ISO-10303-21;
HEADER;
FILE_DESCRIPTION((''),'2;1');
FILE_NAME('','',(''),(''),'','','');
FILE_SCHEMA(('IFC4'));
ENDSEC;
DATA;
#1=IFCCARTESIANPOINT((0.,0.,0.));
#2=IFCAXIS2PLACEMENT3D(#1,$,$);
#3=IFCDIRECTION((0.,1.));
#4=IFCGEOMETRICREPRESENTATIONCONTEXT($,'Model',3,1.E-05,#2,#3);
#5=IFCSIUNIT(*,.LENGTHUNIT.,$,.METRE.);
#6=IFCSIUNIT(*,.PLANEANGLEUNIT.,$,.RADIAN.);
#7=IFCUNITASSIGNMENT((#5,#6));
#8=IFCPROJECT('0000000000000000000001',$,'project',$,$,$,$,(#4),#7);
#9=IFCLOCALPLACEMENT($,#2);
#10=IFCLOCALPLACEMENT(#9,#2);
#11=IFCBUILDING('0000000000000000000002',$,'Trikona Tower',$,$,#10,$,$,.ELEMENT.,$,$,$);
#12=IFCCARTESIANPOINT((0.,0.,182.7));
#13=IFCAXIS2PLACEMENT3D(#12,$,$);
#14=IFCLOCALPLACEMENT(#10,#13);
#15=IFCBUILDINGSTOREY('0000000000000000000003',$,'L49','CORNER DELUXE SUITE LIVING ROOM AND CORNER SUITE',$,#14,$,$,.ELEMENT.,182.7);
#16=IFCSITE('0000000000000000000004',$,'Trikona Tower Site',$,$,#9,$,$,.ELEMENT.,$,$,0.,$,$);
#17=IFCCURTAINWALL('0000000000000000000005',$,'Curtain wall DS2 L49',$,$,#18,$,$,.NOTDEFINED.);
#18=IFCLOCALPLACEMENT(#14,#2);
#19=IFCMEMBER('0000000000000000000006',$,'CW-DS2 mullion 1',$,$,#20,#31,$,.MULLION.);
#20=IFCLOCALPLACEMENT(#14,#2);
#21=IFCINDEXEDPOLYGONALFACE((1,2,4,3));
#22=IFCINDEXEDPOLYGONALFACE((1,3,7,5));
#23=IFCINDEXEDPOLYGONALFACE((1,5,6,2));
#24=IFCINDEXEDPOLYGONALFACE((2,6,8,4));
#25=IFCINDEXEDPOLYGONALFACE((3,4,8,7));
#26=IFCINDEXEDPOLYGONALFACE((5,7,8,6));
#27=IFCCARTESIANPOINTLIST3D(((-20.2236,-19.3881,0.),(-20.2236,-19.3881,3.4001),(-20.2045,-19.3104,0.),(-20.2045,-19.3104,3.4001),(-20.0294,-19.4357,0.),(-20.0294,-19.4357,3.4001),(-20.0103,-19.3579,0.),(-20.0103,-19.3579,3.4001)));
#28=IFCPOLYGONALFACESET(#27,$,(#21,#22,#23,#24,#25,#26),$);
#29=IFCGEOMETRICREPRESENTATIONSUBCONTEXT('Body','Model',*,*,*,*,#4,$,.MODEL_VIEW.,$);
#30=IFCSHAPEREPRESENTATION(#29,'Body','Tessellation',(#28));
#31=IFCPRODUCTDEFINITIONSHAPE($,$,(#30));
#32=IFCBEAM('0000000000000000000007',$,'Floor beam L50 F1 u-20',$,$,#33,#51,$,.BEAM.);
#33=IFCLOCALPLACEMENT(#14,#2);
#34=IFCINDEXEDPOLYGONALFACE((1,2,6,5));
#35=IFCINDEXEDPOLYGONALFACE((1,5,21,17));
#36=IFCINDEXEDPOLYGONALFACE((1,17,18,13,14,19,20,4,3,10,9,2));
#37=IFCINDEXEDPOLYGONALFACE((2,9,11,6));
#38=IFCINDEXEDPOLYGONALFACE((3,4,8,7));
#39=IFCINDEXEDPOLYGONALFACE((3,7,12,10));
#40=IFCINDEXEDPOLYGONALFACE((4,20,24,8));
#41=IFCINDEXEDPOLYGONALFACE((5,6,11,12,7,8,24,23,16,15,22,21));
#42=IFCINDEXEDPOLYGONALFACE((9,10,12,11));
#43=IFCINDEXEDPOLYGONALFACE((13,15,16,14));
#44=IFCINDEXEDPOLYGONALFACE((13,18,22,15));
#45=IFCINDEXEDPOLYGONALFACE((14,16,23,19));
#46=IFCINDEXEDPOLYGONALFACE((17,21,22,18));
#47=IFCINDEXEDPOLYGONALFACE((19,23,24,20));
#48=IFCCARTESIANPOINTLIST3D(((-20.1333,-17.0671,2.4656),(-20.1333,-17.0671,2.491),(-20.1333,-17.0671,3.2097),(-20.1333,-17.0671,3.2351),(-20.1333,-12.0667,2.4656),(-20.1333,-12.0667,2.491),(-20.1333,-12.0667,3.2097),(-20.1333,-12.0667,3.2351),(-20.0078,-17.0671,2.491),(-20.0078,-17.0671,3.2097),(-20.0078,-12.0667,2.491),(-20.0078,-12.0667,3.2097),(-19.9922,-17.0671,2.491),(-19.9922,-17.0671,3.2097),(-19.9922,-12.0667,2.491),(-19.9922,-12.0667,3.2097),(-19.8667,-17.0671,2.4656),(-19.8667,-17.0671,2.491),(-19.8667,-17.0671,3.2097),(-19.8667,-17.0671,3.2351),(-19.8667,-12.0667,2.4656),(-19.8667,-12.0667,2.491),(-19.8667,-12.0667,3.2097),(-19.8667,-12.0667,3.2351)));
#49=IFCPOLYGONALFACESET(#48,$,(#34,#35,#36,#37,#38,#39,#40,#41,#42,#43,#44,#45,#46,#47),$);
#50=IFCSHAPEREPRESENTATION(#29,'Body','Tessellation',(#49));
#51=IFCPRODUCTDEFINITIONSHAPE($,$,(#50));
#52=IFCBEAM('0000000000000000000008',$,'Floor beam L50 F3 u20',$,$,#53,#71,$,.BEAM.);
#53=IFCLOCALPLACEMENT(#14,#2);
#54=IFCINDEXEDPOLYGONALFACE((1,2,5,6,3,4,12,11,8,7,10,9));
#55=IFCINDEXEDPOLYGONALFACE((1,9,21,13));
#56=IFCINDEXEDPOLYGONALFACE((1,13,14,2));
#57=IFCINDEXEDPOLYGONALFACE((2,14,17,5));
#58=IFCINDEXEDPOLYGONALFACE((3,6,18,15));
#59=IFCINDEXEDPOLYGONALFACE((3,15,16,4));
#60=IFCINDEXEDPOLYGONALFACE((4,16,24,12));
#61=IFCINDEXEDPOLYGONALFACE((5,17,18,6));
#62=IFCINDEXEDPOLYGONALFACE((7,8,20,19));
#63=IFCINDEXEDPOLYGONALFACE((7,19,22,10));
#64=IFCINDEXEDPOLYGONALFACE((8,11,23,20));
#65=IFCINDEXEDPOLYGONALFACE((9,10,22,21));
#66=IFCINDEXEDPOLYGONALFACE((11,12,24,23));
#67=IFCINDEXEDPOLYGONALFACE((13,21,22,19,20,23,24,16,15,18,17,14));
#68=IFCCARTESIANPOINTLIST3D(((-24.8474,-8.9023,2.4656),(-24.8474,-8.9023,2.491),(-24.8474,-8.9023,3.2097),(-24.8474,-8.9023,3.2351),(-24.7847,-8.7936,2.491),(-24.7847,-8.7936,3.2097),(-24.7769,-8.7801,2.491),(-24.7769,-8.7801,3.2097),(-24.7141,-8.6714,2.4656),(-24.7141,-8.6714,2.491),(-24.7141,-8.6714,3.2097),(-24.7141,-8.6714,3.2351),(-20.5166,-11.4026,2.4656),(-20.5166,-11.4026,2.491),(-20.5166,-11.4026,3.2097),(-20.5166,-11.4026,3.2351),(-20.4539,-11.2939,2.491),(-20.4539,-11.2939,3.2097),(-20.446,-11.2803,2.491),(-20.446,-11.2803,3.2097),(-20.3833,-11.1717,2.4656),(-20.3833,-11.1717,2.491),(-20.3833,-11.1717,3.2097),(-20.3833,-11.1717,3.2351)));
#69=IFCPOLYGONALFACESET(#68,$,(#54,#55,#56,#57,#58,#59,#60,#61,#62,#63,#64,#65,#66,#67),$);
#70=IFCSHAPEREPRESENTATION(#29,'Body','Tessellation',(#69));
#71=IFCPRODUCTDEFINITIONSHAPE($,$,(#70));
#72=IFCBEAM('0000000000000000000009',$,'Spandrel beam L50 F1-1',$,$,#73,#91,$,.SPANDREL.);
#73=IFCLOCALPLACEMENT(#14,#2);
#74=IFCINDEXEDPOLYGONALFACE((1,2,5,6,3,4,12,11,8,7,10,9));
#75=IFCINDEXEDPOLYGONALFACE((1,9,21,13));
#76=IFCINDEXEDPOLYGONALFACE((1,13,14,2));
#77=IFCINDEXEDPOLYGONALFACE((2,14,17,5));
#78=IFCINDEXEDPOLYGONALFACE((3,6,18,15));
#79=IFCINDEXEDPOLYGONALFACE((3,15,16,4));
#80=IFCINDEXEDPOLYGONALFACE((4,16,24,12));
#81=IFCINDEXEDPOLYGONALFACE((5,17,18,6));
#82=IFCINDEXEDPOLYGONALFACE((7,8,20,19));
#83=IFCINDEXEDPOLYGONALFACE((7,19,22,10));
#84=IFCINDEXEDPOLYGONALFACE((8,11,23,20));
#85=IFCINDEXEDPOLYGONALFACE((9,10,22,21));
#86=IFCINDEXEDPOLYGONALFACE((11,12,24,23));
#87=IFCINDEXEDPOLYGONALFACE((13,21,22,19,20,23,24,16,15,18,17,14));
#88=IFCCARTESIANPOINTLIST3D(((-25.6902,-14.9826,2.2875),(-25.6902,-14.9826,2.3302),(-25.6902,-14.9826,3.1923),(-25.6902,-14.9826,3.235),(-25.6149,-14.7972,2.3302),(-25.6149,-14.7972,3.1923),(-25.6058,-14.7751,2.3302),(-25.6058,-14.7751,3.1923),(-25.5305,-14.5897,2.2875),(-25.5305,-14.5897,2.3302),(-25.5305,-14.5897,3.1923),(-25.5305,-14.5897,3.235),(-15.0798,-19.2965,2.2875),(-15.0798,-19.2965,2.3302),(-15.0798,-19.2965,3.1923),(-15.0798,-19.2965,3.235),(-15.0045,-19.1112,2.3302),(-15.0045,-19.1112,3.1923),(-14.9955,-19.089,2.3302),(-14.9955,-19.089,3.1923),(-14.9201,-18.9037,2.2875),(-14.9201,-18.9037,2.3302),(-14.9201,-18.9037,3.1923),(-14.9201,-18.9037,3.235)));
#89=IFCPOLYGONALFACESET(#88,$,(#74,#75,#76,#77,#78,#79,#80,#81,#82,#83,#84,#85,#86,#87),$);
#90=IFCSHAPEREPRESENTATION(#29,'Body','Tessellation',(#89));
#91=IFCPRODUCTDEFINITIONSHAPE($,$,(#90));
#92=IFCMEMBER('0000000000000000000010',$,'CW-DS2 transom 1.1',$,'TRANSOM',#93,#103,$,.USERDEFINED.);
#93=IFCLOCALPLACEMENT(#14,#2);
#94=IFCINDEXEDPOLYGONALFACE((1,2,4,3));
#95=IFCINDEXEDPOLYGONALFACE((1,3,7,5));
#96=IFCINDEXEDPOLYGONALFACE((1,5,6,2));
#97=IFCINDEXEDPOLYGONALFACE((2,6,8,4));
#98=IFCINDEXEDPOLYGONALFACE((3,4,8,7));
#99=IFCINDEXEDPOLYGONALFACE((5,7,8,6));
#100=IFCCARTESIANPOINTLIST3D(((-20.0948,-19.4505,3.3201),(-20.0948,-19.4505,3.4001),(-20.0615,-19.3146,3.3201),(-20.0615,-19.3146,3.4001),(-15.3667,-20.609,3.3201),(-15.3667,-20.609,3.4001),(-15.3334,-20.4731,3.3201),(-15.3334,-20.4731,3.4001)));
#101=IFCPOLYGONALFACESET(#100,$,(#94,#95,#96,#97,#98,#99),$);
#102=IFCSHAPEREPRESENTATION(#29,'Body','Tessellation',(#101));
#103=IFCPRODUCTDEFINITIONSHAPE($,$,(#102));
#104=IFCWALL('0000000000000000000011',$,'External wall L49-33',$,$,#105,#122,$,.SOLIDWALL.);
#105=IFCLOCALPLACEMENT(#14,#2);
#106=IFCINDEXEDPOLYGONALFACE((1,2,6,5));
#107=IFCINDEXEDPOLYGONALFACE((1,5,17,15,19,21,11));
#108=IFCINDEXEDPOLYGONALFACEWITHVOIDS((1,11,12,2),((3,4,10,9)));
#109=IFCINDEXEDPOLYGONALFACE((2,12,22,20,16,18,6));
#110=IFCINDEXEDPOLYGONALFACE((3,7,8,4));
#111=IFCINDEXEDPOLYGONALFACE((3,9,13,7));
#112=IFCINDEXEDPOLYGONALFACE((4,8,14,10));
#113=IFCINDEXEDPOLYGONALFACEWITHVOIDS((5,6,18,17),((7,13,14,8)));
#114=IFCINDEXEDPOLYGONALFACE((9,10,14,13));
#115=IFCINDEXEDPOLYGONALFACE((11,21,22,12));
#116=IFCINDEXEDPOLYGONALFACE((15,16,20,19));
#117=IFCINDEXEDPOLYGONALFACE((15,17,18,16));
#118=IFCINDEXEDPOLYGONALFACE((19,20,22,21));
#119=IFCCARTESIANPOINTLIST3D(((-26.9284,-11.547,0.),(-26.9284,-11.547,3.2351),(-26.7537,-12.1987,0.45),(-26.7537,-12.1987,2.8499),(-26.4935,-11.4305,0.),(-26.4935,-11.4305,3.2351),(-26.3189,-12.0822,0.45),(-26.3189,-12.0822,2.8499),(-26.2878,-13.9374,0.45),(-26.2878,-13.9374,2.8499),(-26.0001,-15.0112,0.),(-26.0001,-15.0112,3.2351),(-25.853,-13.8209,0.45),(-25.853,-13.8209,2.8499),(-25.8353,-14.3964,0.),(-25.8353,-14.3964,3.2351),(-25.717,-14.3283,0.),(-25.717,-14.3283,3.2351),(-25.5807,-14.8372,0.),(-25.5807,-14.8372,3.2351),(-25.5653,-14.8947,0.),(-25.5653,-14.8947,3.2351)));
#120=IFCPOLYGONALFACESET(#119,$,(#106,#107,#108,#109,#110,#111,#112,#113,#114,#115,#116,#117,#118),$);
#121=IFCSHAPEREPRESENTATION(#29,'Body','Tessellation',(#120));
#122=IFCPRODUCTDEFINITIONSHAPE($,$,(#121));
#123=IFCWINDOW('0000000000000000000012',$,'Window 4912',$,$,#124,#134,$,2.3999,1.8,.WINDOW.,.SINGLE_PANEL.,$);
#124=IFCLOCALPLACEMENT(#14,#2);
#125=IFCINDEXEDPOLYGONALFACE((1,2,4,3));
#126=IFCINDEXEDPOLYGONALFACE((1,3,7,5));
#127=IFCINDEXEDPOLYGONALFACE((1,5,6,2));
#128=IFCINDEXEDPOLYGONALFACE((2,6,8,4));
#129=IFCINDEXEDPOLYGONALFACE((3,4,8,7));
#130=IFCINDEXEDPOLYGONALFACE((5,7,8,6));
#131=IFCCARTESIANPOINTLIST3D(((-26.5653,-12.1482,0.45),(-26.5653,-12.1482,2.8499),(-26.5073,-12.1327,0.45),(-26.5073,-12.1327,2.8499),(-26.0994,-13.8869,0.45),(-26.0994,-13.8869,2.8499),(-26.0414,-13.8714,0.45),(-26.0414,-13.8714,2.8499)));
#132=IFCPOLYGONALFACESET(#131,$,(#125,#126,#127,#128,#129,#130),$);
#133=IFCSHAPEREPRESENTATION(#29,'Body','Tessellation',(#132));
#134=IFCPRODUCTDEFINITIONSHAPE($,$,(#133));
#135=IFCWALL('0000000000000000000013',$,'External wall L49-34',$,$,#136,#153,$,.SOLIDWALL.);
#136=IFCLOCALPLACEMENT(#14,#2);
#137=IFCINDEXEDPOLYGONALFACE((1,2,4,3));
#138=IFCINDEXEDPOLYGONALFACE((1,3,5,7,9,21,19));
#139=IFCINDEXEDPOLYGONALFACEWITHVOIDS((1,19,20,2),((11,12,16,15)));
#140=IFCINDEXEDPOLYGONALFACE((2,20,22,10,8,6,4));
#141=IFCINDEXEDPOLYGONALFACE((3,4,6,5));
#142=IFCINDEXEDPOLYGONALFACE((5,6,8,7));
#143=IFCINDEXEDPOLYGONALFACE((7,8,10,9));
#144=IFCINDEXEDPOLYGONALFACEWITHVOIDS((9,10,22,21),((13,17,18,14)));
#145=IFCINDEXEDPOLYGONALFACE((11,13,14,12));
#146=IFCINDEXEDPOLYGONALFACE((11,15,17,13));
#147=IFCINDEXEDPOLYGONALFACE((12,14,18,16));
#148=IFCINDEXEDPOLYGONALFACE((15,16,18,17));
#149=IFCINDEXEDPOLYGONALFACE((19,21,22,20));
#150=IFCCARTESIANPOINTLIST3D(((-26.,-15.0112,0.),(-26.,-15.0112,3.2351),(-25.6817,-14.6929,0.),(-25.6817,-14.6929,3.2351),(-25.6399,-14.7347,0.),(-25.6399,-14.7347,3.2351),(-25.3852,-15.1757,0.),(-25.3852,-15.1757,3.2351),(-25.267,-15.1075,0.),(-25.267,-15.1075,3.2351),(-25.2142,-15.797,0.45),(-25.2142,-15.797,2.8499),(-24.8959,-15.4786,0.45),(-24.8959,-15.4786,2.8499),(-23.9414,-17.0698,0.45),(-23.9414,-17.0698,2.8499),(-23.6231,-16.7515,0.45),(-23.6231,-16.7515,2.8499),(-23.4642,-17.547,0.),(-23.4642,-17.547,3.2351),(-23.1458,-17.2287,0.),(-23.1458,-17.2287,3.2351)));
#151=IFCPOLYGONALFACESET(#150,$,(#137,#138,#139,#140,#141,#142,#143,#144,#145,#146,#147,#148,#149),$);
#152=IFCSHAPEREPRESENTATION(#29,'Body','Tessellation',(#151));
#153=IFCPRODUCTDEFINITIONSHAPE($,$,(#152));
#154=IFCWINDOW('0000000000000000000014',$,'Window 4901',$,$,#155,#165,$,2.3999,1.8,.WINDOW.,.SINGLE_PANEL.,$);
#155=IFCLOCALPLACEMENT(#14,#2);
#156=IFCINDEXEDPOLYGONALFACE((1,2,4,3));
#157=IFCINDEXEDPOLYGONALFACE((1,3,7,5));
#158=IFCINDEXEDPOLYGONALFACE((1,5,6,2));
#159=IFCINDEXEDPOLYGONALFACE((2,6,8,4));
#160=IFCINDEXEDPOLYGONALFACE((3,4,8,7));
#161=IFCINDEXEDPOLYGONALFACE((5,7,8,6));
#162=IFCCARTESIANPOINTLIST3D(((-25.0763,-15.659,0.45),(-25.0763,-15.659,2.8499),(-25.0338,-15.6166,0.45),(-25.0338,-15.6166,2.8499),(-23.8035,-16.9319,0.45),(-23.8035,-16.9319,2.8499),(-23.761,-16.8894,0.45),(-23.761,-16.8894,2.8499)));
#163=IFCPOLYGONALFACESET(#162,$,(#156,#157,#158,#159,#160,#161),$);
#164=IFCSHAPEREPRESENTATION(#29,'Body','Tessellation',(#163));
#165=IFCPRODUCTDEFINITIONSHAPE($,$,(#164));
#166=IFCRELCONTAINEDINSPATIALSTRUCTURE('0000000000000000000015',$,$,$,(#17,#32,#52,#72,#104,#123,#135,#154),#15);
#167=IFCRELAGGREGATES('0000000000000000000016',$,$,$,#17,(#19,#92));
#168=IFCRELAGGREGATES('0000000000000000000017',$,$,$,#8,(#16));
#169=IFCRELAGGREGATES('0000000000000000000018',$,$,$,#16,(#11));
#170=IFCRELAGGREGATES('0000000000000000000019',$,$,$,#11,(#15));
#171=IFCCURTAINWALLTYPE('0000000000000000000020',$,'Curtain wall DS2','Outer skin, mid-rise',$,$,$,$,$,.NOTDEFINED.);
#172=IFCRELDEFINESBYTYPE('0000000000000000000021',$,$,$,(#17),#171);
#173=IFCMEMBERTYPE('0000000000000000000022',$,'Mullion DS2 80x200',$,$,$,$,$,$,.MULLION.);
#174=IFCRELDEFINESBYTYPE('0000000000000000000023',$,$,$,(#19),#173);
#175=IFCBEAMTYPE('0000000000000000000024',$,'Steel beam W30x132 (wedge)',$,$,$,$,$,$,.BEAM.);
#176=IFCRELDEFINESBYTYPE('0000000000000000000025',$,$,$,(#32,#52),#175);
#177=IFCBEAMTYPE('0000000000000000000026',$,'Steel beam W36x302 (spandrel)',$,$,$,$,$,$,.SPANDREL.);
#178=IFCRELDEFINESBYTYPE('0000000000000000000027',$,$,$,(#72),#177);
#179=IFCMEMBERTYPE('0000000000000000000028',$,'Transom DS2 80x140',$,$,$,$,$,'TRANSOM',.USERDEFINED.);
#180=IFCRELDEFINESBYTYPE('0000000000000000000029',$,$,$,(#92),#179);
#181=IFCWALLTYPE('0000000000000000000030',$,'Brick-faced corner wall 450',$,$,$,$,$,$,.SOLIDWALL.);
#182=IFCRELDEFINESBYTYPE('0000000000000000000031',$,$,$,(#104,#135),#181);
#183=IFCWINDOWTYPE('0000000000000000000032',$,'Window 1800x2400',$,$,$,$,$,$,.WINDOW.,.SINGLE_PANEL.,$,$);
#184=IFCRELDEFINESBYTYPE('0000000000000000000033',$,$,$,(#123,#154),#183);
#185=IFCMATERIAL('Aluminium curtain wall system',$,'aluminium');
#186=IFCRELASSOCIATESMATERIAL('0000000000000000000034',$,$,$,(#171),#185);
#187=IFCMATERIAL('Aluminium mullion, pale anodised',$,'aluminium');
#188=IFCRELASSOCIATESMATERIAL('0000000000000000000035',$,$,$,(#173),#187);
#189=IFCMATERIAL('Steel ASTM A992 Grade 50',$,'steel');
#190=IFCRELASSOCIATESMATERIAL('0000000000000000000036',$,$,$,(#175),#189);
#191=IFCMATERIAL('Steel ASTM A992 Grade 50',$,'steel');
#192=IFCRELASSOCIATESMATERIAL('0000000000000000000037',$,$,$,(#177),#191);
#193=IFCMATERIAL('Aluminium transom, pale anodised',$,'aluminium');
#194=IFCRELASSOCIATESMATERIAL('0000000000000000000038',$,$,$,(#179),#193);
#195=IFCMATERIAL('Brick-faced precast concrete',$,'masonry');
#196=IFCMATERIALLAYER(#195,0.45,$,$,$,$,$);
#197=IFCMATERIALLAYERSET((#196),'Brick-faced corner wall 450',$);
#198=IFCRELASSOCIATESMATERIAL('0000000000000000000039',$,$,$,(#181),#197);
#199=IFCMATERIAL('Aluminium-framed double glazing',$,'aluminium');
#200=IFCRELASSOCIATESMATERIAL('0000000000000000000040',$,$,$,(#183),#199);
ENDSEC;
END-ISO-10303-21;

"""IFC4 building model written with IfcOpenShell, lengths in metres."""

from ifc_helpers import new_model, si_unit, direction, frame, frame_2d, origin, origin_2d, place, context, subcontext, project, spatial, polyline, rectangle, i_section, outline, extrude, material, layer, layer_set, material_profile, profile_set, type_object, element, fill, aggregate, save


model = new_model("IFC4")

# Units and contexts
model_context = context("Model", 3, precision=1e-05, world=origin(), true_north=direction((0.0, 1.0)))
body_context = subcontext(model_context, "Body", "Model", "MODEL_VIEW")
ifc_project = project(units=[si_unit("LENGTHUNIT", "METRE"), si_unit("PLANEANGLEUNIT", "RADIAN")], contexts=[model_context])

# Site, building, storey
site_placement = place(None, origin())
site = spatial("IfcSite", under=ifc_project, at=site_placement, Name="Trikona Tower Site", CompositionType="ELEMENT", RefElevation=0.0)
building_placement = place(site_placement, origin())
building = spatial("IfcBuilding", under=site, at=building_placement, Name="Trikona Tower", CompositionType="ELEMENT")
storey_placement = place(building_placement, frame((0.0, 0.0, 182.7)))
storey = spatial("IfcBuildingStorey", under=building, at=storey_placement, Name="L49", Description="CORNER DELUXE SUITE LIVING ROOM AND CORNER SUITE", CompositionType="ELEMENT", Elevation=182.7)

# Curtain wall, member
ifc_material_1 = material(Name="Aluminium curtain wall system", Category="aluminium")
curtain_wall_type = type_object("IfcCurtainWallType", Name="Curtain wall DS2", Description="Outer skin, mid-rise", PredefinedType="NOTDEFINED", material=ifc_material_1)
curtain_wall_placement = place(storey_placement, origin())
curtain_wall = element("IfcCurtainWall", 1, at=curtain_wall_placement, inside=storey, type_object=curtain_wall_type, Name="Curtain wall DS2 L49", PredefinedType="NOTDEFINED")
ifc_material_2 = material(Name="Aluminium mullion, pale anodised", Category="aluminium")
ifc_material_profile_1 = material_profile(ifc_material_2, rectangle(XDim=0.0801, YDim=0.2, at=origin_2d()), Name="MUL-DS2")
ifc_profile_set_1 = profile_set([ifc_material_profile_1], Name="Aluminium mullion, pale anodised")
member_type_1 = type_object("IfcMemberType", Name="Mullion DS2 80x200", PredefinedType="MULLION", material=ifc_profile_set_1)
member_1_placement = place(storey_placement, frame((-20.1169, -19.373, 0.0), z_axis=(0.0, 0.0, 1.0), x_axis=(0.23797, 0.971272, 0.0)))
member_1 = element("IfcMember", 2, at=member_1_placement, type_object=member_type_1, Name="CW-DS2 mullion 1", PredefinedType="MULLION", context=body_context, shape_type="SweptSolid", body=[
    extrude(rectangle(XDim=0.0801, YDim=0.2, at=origin_2d()), origin(), (0.0, 0.0, 1.0), 3.4001),
])

# Beams
ifc_material_3 = material(Name="Steel ASTM A992 Grade 50", Category="steel")
ifc_material_profile_2 = material_profile(ifc_material_3, i_section(OverallWidth=0.2666, OverallDepth=0.7695, WebThickness=0.0156, FlangeThickness=0.0254, at=origin_2d()), Name="W30X132")
ifc_profile_set_2 = profile_set([ifc_material_profile_2], Name="Steel ASTM A992 Grade 50")
beam_type_1 = type_object("IfcBeamType", Name="Steel beam W30x132 (wedge)", PredefinedType="BEAM", material=ifc_profile_set_2)
beam_1_placement = place(storey_placement, frame((-20.0, -12.0667, 2.8503), z_axis=(0.0, -1.0, 0.0), x_axis=(1.0, 0.0, 0.0)))
element("IfcBeam", 3, at=beam_1_placement, inside=storey, type_object=beam_type_1, Name="Floor beam L50 F1 u-20", PredefinedType="BEAM", context=body_context, shape_type="SweptSolid", body=[
    extrude(i_section(OverallWidth=0.2666, OverallDepth=0.7695, WebThickness=0.0156, FlangeThickness=0.0254, at=origin_2d()), origin(), (0.0, 0.0, 1.0), 5.0005),
])
beam_2_placement = place(storey_placement, frame((-20.45, -11.2871, 2.8503), z_axis=(-0.866038, 0.499977, 0.0), x_axis=(-0.499977, -0.866038, 0.0)))
element("IfcBeam", 4, at=beam_2_placement, inside=storey, type_object=beam_type_1, Name="Floor beam L50 F3 u20", PredefinedType="BEAM", context=body_context, shape_type="SweptSolid", body=[
    extrude(i_section(OverallWidth=0.2666, OverallDepth=0.7695, WebThickness=0.0156, FlangeThickness=0.0254, at=origin_2d()), origin(), (0.0, 0.0, 1.0), 5.0007),
])
ifc_material_4 = material(Name="Steel ASTM A992 Grade 50", Category="steel")
ifc_material_profile_3 = material_profile(ifc_material_4, i_section(OverallWidth=0.4241, OverallDepth=0.9475, WebThickness=0.0239, FlangeThickness=0.0427, at=origin_2d()), Name="W36X302")
ifc_profile_set_3 = profile_set([ifc_material_profile_3], Name="Steel ASTM A992 Grade 50")
beam_type_2 = type_object("IfcBeamType", Name="Steel beam W36x302 (spandrel)", PredefinedType="SPANDREL", material=ifc_profile_set_3)
beam_3_placement = place(storey_placement, frame((-25.6104, -14.7861, 2.7612), z_axis=(0.92636, -0.37664, 0.0), x_axis=(0.37664, 0.92636, 0.0)))
element("IfcBeam", 5, at=beam_3_placement, inside=storey, type_object=beam_type_2, Name="Spandrel beam L50 F1-1", PredefinedType="SPANDREL", context=body_context, shape_type="SweptSolid", body=[
    extrude(i_section(OverallWidth=0.4241, OverallDepth=0.9475, WebThickness=0.0239, FlangeThickness=0.0427, at=origin_2d()), origin(), (0.0, 0.0, 1.0), 11.4539),
])

# Member
ifc_material_5 = material(Name="Aluminium transom, pale anodised", Category="aluminium")
ifc_material_profile_4 = material_profile(ifc_material_5, rectangle(XDim=0.1399, YDim=0.0801, at=origin_2d()), Name="TRN-DS2")
ifc_profile_set_4 = profile_set([ifc_material_profile_4], Name="Aluminium transom, pale anodised")
member_type_2 = type_object("IfcMemberType", Name="Transom DS2 80x140", ElementType="TRANSOM", PredefinedType="USERDEFINED", material=ifc_profile_set_4)
member_2_placement = place(storey_placement, frame((-20.0781, -19.3826, 3.3601), z_axis=(0.971271, -0.237978, 0.0), x_axis=(0.237978, 0.971271, 0.0)))
member_2 = element("IfcMember", 6, at=member_2_placement, type_object=member_type_2, Name="CW-DS2 transom 1.1", ObjectType="TRANSOM", PredefinedType="USERDEFINED", context=body_context, shape_type="SweptSolid", body=[
    extrude(rectangle(XDim=0.1399, YDim=0.0801, at=origin_2d()), origin(), (0.0, 0.0, 1.0), 4.8679),
])
aggregate(curtain_wall, [member_1, member_2])

# Walls, openings, windows
ifc_material_6 = material(Name="Brick-faced precast concrete", Category="masonry")
ifc_layer_1 = layer(ifc_material_6, 0.45)
ifc_layer_set_1 = layer_set([ifc_layer_1], Name="Brick-faced corner wall 450")
wall_type_1 = type_object("IfcWallType", Name="Brick-faced corner wall 450", PredefinedType="SOLIDWALL", material=ifc_layer_set_1)
wall_1_placement = place(storey_placement, frame((-26.7109, -11.4888, 0.0), z_axis=(0.0, 0.0, 1.0), x_axis=(0.258823, -0.965925, 0.0)))
wall_1 = element("IfcWall", 7, at=wall_1_placement, inside=storey, type_object=wall_type_1, Name="External wall L49-33", PredefinedType="SOLIDWALL", context=body_context, shape_type="SweptSolid", body=[
    extrude(outline(polyline([(3.5864, 0.2251), (3.5269, 0.2251), (3.0352, 0.0933), (3.0, 0.2251), (0.0, 0.2251), (0.0, -0.2251), (3.5864, -0.2251), (3.5864, 0.2251)])), origin(), (0.0, 0.0, 1.0), 3.2351),
])
opening_1_placement = place(wall_1_placement, frame((0.6748, 0.0, 0.45)))
opening_1 = element("IfcOpeningElement", 8, at=opening_1_placement, cuts=wall_1, PredefinedType="OPENING", context=body_context, shape_type="SweptSolid", body=[
    extrude(rectangle(XDim=1.8, YDim=2.3999, at=frame_2d((0.8999, 1.2))), frame((0.0, 0.2349, 0.0), z_axis=(0.0, -1.0, 0.0), x_axis=(1.0, 0.0, 0.0)), (0.0, 0.0, 1.0), 0.47),
])
ifc_material_7 = material(Name="Aluminium-framed double glazing", Category="aluminium")
window_type_1 = type_object("IfcWindowType", Name="Window 1800x2400", PartitioningType="SINGLE_PANEL", PredefinedType="WINDOW", material=ifc_material_7)
window_1_placement = place(opening_1_placement, origin())
window_1 = element("IfcWindow", 9, at=window_1_placement, inside=storey, type_object=window_type_1, Name="Window 4912", OverallHeight=2.3999, OverallWidth=1.8, PartitioningType="SINGLE_PANEL", PredefinedType="WINDOW", context=body_context, shape_type="SweptSolid", body=[
    extrude(rectangle(XDim=1.8, YDim=2.3999, at=frame_2d((0.8999, 1.2))), frame((0.0, 0.03, 0.0), z_axis=(0.0, -1.0, 0.0), x_axis=(1.0, 0.0, 0.0)), (0.0, 0.0, 1.0), 0.0601),
])
fill(opening_1, window_1)
wall_2_placement = place(storey_placement, frame((-25.8408, -14.8521, 0.0), z_axis=(0.0, 0.0, 1.0), x_axis=(0.707107, -0.707107, 0.0)))
wall_2 = element("IfcWall", 10, at=wall_2_placement, inside=storey, type_object=wall_type_1, Name="External wall L49-34", PredefinedType="SOLIDWALL", context=body_context, shape_type="SweptSolid", body=[
    extrude(outline(polyline([(3.5862, 0.2251), (0.5864, 0.2251), (0.551, 0.0933), (0.0591, 0.2251), (0.0, 0.2251), (0.0, -0.2251), (3.5862, -0.2251), (3.5862, 0.2251)])), origin(), (0.0, 0.0, 1.0), 3.2351),
])
opening_2_placement = place(wall_2_placement, frame((1.1113, 0.0, 0.45)))
opening_2 = element("IfcOpeningElement", 11, at=opening_2_placement, cuts=wall_2, PredefinedType="OPENING", context=body_context, shape_type="SweptSolid", body=[
    extrude(rectangle(XDim=1.8, YDim=2.3999, at=frame_2d((0.8999, 1.2))), frame((0.0, 0.2349, 0.0), z_axis=(0.0, -1.0, 0.0), x_axis=(1.0, 0.0, 0.0)), (0.0, 0.0, 1.0), 0.47),
])
window_2_placement = place(opening_2_placement, origin())
window_2 = element("IfcWindow", 12, at=window_2_placement, inside=storey, type_object=window_type_1, Name="Window 4901", OverallHeight=2.3999, OverallWidth=1.8, PartitioningType="SINGLE_PANEL", PredefinedType="WINDOW", context=body_context, shape_type="SweptSolid", body=[
    extrude(rectangle(XDim=1.8, YDim=2.3999, at=frame_2d((0.8999, 1.2))), frame((0.0, 0.03, 0.0), z_axis=(0.0, -1.0, 0.0), x_axis=(1.0, 0.0, 0.0)), (0.0, 0.0, 1.0), 0.0601),
])
fill(opening_2, window_2)

save(model, "model.ifc")
